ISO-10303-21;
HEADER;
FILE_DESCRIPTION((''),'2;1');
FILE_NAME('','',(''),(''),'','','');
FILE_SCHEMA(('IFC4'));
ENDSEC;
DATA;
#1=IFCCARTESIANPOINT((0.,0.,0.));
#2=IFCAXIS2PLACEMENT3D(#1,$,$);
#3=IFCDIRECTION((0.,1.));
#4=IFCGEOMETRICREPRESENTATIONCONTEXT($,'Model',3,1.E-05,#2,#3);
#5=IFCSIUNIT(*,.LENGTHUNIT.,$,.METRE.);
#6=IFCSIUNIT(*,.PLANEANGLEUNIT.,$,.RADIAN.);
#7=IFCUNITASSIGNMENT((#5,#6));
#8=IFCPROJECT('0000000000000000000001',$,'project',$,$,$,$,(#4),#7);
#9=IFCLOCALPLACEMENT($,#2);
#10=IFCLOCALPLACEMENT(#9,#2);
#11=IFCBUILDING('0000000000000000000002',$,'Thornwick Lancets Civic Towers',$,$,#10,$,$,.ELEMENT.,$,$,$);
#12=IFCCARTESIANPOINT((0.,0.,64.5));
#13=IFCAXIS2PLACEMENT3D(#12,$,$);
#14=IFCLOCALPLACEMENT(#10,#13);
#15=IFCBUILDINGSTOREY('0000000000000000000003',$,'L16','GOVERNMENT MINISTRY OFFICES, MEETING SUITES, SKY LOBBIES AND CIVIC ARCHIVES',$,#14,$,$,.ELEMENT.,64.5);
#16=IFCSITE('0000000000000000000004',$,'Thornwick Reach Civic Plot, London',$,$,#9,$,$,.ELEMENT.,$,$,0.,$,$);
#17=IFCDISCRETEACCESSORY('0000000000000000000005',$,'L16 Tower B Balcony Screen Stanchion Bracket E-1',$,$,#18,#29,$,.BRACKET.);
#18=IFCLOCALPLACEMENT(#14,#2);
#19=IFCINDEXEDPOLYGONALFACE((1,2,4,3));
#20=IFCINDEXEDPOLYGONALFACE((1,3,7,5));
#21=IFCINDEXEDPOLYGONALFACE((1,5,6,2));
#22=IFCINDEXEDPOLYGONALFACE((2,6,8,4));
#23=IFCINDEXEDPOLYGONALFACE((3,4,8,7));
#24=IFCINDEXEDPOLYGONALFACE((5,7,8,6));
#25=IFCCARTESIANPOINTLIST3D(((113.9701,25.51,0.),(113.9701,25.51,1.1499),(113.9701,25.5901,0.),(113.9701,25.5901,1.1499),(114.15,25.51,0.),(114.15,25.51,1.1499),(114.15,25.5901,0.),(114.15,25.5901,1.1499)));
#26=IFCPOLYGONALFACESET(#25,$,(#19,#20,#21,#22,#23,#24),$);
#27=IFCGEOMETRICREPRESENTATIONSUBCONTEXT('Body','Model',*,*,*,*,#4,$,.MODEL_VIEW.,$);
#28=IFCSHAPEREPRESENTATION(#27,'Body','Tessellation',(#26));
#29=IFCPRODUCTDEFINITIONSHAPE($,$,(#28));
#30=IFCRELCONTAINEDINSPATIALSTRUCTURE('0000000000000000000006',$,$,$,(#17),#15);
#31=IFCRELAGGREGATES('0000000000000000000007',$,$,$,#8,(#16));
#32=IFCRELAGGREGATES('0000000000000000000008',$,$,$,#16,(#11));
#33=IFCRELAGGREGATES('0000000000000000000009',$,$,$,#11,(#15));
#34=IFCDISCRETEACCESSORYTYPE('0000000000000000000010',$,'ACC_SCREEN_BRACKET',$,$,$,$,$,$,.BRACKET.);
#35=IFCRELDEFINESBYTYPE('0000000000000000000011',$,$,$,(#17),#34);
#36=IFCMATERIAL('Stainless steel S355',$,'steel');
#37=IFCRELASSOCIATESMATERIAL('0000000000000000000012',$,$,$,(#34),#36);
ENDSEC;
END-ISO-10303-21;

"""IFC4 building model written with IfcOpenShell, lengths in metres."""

from ifc_helpers import new_model, si_unit, direction, frame, origin, origin_2d, place, context, subcontext, project, spatial, rectangle, extrude, material, type_object, element, save


model = new_model("IFC4")

# Units and contexts
model_context = context("Model", 3, precision=1e-05, world=origin(), true_north=direction((0.0, 1.0)))
body_context = subcontext(model_context, "Body", "Model", "MODEL_VIEW")
ifc_project = project(units=[si_unit("LENGTHUNIT", "METRE"), si_unit("PLANEANGLEUNIT", "RADIAN")], contexts=[model_context])

# Site, building, storey
site_placement = place(None, origin())
site = spatial("IfcSite", under=ifc_project, at=site_placement, Name="Thornwick Reach Civic Plot, London", CompositionType="ELEMENT", RefElevation=0.0)
building_placement = place(site_placement, origin())
building = spatial("IfcBuilding", under=site, at=building_placement, Name="Thornwick Lancets Civic Towers", CompositionType="ELEMENT")
storey_placement = place(building_placement, frame((0.0, 0.0, 64.5)))
storey = spatial("IfcBuildingStorey", under=building, at=storey_placement, Name="L16", Description="GOVERNMENT MINISTRY OFFICES, MEETING SUITES, SKY LOBBIES AND CIVIC ARCHIVES", CompositionType="ELEMENT", Elevation=64.5)

# Discrete accessory
ifc_material_1 = material(Name="Stainless steel S355", Category="steel")
discrete_accessory_type_1 = type_object("IfcDiscreteAccessoryType", Name="ACC_SCREEN_BRACKET", PredefinedType="BRACKET", material=ifc_material_1)
discrete_accessory_1_placement = place(storey_placement, frame((114.0601, 25.55, 0.0), z_axis=(0.0, 0.0, 1.0), x_axis=(0.0, 1.0, 0.0)))
element("IfcDiscreteAccessory", 1, at=discrete_accessory_1_placement, inside=storey, type_object=discrete_accessory_type_1, Name="L16 Tower B Balcony Screen Stanchion Bracket E-1", PredefinedType="BRACKET", context=body_context, shape_type="SweptSolid", body=[
    extrude(rectangle(XDim=0.0801, YDim=0.1799, at=origin_2d()), origin(), (0.0, 0.0, 1.0), 1.1499),
])

save(model, "model.ifc")
